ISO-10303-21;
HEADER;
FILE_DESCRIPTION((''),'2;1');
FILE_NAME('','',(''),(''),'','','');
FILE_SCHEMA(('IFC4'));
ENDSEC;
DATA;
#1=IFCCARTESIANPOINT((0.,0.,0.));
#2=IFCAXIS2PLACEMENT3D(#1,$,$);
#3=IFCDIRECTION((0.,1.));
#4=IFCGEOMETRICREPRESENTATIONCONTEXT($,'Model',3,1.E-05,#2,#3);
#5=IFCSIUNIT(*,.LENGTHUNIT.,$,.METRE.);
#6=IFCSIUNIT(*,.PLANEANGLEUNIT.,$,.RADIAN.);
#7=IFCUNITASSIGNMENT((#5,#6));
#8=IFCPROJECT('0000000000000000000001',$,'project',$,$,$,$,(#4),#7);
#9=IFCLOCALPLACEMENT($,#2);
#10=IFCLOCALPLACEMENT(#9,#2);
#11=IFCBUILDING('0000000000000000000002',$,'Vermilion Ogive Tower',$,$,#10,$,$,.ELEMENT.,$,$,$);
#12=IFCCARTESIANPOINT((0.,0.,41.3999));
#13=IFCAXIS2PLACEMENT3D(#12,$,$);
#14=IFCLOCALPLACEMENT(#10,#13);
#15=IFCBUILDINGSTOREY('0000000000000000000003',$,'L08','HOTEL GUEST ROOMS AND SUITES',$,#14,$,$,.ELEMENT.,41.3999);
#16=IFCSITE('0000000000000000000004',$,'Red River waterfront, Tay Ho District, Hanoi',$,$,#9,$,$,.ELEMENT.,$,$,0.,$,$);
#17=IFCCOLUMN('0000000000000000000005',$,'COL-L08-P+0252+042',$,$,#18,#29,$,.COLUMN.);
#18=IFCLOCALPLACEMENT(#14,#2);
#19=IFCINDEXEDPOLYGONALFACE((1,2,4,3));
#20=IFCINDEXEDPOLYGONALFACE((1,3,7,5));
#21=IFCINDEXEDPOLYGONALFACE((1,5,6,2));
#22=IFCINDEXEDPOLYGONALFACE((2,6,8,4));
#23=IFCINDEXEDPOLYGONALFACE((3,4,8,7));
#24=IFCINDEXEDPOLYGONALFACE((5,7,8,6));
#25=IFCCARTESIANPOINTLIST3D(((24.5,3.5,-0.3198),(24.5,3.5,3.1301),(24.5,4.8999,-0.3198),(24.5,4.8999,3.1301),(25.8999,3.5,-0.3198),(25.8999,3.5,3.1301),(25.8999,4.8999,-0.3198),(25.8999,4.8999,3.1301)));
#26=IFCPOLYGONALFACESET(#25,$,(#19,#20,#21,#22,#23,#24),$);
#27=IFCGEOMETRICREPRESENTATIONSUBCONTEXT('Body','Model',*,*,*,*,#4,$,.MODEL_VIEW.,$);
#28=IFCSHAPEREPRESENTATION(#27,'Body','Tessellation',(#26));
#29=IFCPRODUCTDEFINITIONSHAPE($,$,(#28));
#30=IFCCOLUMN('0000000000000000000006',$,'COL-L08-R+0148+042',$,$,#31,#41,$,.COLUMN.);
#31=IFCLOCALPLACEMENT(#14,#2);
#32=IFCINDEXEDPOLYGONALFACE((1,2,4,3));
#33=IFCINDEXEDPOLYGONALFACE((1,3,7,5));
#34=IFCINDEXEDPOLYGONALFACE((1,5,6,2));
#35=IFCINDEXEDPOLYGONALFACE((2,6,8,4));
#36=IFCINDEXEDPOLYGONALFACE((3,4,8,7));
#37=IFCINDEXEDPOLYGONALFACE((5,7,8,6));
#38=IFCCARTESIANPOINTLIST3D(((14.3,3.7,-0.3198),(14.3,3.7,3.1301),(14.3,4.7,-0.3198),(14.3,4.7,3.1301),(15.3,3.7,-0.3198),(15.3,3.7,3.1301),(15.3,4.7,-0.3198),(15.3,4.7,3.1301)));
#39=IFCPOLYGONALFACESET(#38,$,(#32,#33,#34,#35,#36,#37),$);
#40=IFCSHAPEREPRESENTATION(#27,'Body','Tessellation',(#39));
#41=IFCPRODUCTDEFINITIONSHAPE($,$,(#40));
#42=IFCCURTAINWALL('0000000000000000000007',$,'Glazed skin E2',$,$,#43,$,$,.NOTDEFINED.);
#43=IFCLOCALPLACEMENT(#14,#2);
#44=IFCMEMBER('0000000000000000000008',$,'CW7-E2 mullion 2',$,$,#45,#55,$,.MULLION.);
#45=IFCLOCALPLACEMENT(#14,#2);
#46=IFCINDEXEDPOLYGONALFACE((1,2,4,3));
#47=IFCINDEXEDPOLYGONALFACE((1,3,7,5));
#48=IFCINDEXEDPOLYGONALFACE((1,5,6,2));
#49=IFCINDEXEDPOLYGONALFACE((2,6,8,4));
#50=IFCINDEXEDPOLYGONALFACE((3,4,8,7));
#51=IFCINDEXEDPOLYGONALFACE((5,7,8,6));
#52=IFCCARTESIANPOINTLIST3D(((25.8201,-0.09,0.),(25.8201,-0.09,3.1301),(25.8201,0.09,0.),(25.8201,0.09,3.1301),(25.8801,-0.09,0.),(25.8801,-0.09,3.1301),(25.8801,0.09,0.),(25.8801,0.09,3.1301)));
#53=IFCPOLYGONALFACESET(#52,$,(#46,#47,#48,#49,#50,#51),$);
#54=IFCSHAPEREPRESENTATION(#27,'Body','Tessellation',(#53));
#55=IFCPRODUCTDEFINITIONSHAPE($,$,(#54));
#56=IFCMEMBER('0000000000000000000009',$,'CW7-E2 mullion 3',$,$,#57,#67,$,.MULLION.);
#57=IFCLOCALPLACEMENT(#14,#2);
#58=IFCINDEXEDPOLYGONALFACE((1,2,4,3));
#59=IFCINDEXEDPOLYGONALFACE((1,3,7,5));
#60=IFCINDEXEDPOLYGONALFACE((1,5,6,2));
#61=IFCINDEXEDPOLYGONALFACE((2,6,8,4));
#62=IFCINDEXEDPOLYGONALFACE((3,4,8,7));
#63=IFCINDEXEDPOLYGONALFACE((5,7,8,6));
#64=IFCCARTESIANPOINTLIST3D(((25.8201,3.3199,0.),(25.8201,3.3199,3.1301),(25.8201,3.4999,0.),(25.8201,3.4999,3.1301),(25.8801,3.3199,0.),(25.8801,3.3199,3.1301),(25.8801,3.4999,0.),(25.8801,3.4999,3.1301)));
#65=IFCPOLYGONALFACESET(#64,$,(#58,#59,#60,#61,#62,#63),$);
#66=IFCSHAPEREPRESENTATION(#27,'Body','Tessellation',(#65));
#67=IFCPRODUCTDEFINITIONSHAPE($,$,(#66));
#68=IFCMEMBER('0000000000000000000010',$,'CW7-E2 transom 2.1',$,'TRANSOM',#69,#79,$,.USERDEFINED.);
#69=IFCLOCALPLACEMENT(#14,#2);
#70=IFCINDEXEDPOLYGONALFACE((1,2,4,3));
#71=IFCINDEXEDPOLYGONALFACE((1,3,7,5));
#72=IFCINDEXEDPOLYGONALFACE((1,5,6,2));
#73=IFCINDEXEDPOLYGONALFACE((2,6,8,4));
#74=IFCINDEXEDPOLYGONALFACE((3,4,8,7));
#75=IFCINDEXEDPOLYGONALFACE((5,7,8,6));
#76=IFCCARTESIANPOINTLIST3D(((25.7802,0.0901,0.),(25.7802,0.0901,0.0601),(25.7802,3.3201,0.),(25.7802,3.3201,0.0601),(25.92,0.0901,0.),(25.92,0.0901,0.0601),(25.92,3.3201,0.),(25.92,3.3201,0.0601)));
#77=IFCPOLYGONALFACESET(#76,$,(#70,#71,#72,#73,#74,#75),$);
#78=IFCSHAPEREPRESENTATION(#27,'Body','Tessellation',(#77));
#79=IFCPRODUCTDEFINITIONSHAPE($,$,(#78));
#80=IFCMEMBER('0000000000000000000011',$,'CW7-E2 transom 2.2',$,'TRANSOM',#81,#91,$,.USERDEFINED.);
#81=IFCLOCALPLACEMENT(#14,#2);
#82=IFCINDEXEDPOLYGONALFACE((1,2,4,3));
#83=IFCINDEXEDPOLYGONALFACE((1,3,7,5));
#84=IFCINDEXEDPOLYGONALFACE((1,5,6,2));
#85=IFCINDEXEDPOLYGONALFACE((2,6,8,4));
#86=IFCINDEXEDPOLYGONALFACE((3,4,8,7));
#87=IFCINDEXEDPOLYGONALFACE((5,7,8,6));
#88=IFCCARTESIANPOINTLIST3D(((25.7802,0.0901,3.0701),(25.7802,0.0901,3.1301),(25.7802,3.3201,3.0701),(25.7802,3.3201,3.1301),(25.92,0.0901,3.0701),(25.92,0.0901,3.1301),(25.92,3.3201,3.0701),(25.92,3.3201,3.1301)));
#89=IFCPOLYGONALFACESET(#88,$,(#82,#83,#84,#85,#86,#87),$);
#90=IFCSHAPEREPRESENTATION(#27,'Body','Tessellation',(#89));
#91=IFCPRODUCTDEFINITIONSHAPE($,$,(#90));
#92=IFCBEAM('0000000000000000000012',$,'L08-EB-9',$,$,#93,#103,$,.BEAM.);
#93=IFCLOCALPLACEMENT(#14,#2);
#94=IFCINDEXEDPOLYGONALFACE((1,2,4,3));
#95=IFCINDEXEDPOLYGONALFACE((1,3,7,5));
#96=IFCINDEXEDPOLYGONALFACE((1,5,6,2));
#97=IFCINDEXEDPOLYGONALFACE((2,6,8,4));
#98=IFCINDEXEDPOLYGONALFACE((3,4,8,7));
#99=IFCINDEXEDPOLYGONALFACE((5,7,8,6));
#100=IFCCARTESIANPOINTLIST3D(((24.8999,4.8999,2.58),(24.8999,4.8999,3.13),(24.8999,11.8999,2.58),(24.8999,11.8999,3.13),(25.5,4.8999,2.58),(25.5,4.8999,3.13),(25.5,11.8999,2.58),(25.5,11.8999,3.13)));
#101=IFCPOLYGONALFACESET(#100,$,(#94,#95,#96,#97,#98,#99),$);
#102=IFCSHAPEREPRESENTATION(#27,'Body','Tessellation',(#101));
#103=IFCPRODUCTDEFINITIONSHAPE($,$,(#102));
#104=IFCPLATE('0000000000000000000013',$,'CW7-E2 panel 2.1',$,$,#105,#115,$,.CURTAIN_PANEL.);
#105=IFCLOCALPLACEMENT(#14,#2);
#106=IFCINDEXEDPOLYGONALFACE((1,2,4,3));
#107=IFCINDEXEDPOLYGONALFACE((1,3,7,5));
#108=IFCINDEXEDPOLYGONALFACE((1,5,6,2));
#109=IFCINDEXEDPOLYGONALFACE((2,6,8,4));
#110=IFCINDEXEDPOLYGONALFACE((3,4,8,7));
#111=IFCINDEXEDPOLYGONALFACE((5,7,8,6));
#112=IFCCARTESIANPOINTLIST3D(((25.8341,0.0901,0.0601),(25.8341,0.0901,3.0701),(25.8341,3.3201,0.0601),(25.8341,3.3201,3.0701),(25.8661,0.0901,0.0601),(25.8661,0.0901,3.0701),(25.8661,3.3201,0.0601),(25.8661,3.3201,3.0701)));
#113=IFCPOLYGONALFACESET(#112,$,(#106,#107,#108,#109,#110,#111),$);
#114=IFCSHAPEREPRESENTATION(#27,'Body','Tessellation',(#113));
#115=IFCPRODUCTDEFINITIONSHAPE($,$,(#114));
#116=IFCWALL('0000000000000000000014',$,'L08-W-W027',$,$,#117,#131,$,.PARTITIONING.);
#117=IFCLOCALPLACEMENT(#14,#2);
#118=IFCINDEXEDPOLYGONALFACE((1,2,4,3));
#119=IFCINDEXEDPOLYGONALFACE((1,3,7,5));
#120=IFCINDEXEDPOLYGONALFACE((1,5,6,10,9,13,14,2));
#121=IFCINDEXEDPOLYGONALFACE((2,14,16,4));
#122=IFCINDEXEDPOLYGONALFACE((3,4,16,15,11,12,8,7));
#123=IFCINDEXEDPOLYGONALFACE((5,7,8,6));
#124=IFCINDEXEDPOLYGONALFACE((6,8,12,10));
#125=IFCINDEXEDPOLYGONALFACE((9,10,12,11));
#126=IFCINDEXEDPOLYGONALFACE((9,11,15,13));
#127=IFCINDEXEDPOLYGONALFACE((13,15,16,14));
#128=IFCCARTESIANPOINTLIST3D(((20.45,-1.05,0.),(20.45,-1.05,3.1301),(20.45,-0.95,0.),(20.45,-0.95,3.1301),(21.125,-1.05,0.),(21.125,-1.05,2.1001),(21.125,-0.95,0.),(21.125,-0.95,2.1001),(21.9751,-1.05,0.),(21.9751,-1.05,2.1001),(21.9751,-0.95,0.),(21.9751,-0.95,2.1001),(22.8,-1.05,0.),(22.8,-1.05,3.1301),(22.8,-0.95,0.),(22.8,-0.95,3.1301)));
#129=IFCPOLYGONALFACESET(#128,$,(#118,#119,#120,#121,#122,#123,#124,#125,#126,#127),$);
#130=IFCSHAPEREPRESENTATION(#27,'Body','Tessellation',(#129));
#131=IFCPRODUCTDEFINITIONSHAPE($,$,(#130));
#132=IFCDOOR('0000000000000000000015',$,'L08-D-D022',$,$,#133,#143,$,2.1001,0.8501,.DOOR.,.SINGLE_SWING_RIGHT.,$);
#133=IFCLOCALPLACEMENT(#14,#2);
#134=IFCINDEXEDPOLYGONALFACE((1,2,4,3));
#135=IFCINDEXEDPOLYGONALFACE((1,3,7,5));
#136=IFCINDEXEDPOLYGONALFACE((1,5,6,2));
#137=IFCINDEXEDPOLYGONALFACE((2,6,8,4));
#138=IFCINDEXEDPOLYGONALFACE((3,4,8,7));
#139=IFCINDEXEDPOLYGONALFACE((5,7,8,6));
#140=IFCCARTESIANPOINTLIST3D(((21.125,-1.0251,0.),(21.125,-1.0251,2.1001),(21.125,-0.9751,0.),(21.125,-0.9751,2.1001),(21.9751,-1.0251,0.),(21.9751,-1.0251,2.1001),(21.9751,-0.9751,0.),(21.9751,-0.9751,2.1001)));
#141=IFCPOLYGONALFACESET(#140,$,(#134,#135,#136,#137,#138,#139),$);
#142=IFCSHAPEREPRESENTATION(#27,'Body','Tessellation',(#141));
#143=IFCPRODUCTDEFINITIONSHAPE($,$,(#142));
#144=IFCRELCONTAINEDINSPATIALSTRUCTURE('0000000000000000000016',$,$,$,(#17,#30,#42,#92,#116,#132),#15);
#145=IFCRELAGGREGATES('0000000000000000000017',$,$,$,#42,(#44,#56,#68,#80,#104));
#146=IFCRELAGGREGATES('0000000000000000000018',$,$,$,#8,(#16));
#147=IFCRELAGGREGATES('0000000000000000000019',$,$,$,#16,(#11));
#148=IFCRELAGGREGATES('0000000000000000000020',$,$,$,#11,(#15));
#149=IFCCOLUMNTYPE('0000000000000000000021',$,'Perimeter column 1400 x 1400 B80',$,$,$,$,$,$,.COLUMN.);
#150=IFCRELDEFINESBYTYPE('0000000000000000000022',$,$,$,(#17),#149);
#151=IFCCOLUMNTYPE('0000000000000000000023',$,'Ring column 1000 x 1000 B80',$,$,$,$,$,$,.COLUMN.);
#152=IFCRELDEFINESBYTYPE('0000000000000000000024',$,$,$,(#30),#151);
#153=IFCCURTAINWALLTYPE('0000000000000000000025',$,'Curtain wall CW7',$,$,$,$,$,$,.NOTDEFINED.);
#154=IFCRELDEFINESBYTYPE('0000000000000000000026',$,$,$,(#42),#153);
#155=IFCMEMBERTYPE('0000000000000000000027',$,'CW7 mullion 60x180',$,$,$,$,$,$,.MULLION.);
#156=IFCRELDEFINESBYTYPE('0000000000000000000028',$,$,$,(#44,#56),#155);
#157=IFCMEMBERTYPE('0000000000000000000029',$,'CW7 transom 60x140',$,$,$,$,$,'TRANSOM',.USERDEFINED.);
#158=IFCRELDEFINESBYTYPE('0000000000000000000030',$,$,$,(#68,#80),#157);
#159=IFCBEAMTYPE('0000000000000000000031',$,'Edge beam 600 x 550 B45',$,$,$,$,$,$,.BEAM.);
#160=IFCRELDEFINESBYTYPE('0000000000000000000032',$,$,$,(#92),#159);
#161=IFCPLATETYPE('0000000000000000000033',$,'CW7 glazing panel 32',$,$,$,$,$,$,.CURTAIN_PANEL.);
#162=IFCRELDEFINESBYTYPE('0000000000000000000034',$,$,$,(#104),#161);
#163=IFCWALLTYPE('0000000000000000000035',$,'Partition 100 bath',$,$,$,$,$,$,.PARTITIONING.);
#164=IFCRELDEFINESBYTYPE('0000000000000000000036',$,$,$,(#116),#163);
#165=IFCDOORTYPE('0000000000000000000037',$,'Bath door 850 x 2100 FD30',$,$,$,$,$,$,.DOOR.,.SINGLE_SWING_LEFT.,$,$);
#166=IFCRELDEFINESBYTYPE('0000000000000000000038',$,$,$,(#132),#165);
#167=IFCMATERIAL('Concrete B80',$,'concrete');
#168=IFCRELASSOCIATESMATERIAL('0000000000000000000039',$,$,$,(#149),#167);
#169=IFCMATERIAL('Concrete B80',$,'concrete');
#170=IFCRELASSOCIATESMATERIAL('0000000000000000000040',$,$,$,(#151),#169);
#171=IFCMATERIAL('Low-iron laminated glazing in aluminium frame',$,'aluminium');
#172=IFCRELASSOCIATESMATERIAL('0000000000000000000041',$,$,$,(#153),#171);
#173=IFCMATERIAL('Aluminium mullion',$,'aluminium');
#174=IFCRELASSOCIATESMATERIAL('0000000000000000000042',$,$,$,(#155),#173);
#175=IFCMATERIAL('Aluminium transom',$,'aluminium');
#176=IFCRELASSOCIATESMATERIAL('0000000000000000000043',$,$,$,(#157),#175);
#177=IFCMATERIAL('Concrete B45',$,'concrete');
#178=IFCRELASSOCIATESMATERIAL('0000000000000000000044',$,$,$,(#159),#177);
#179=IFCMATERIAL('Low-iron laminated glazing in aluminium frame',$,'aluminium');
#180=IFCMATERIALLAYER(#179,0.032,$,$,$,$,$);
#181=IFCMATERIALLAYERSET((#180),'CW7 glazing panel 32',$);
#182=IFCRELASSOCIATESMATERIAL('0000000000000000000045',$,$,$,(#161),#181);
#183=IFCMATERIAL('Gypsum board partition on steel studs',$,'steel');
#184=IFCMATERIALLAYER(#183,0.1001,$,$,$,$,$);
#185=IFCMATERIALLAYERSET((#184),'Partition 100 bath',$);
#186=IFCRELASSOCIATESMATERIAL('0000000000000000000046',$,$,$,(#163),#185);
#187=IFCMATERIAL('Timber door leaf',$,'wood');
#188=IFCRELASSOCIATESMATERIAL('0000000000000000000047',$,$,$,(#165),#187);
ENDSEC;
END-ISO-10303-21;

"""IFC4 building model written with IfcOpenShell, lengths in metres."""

from ifc_helpers import new_model, si_unit, direction, frame, frame_2d, origin, origin_2d, place, context, subcontext, project, spatial, rectangle, extrude, material, layer, layer_set, material_profile, profile_set, type_object, element, fill, aggregate, save


model = new_model("IFC4")

# Units and contexts
model_context = context("Model", 3, precision=1e-05, world=origin(), true_north=direction((0.0, 1.0)))
body_context = subcontext(model_context, "Body", "Model", "MODEL_VIEW")
ifc_project = project(units=[si_unit("LENGTHUNIT", "METRE"), si_unit("PLANEANGLEUNIT", "RADIAN")], contexts=[model_context])

# Site, building, storey
site_placement = place(None, origin())
site = spatial("IfcSite", under=ifc_project, at=site_placement, Name="Red River waterfront, Tay Ho District, Hanoi", CompositionType="ELEMENT", RefElevation=0.0)
building_placement = place(site_placement, origin())
building = spatial("IfcBuilding", under=site, at=building_placement, Name="Vermilion Ogive Tower", CompositionType="ELEMENT")
storey_placement = place(building_placement, frame((0.0, 0.0, 41.3999)))
storey = spatial("IfcBuildingStorey", under=building, at=storey_placement, Name="L08", Description="HOTEL GUEST ROOMS AND SUITES", CompositionType="ELEMENT", Elevation=41.3999)

# Columns
ifc_material_1 = material(Name="Concrete B80", Category="concrete")
ifc_material_profile_1 = material_profile(ifc_material_1, rectangle(XDim=1.3999, YDim=1.3999, at=origin_2d()), Name="1400 x 1400")
ifc_profile_set_1 = profile_set([ifc_material_profile_1], Name="Concrete B80")
column_type_1 = type_object("IfcColumnType", Name="Perimeter column 1400 x 1400 B80", PredefinedType="COLUMN", material=ifc_profile_set_1)
column_1_placement = place(storey_placement, frame((25.2, 4.2, -0.3198), z_axis=(0.0, 0.0, 1.0), x_axis=(1.0, 0.0, 0.0)))
element("IfcColumn", 1, at=column_1_placement, inside=storey, type_object=column_type_1, Name="COL-L08-P+0252+042", PredefinedType="COLUMN", context=body_context, shape_type="SweptSolid", body=[
    extrude(rectangle(XDim=1.3999, YDim=1.3999, at=origin_2d()), origin(), (0.0, 0.0, 1.0), 3.45),
])
ifc_material_2 = material(Name="Concrete B80", Category="concrete")
ifc_material_profile_2 = material_profile(ifc_material_2, rectangle(XDim=1.0, YDim=1.0, at=origin_2d()), Name="1000 x 1000")
ifc_profile_set_2 = profile_set([ifc_material_profile_2], Name="Concrete B80")
column_type_2 = type_object("IfcColumnType", Name="Ring column 1000 x 1000 B80", PredefinedType="COLUMN", material=ifc_profile_set_2)
column_2_placement = place(storey_placement, frame((14.8, 4.2, -0.3198), z_axis=(0.0, 0.0, 1.0), x_axis=(1.0, 0.0, 0.0)))
element("IfcColumn", 2, at=column_2_placement, inside=storey, type_object=column_type_2, Name="COL-L08-R+0148+042", PredefinedType="COLUMN", context=body_context, shape_type="SweptSolid", body=[
    extrude(rectangle(XDim=1.0, YDim=1.0, at=origin_2d()), origin(), (0.0, 0.0, 1.0), 3.45),
])

# Curtain wall, members
ifc_material_3 = material(Name="Low-iron laminated glazing in aluminium frame", Category="aluminium")
curtain_wall_type = type_object("IfcCurtainWallType", Name="Curtain wall CW7", PredefinedType="NOTDEFINED", material=ifc_material_3)
curtain_wall_placement = place(storey_placement, origin())
curtain_wall = element("IfcCurtainWall", 3, at=curtain_wall_placement, inside=storey, type_object=curtain_wall_type, Name="Glazed skin E2", PredefinedType="NOTDEFINED")
ifc_material_4 = material(Name="Aluminium mullion", Category="aluminium")
ifc_material_profile_3 = material_profile(ifc_material_4, rectangle(XDim=0.0601, YDim=0.1799, at=origin_2d()), Name="AL 60x180")
ifc_profile_set_3 = profile_set([ifc_material_profile_3], Name="Aluminium mullion")
member_type_1 = type_object("IfcMemberType", Name="CW7 mullion 60x180", PredefinedType="MULLION", material=ifc_profile_set_3)
member_1_placement = place(storey_placement, frame((25.8501, 0.0, 0.0), z_axis=(0.0, 0.0, 1.0), x_axis=(-1.0, 0.0, 0.0)))
member_1 = element("IfcMember", 4, at=member_1_placement, type_object=member_type_1, Name="CW7-E2 mullion 2", PredefinedType="MULLION", context=body_context, shape_type="SweptSolid", body=[
    extrude(rectangle(XDim=0.0601, YDim=0.1799, at=origin_2d()), origin(), (0.0, 0.0, 1.0), 3.1301),
])
member_2_placement = place(storey_placement, frame((25.8501, 3.4099, 0.0), z_axis=(0.0, 0.0, 1.0), x_axis=(-1.0, 0.0, 0.0)))
member_2 = element("IfcMember", 5, at=member_2_placement, type_object=member_type_1, Name="CW7-E2 mullion 3", PredefinedType="MULLION", context=body_context, shape_type="SweptSolid", body=[
    extrude(rectangle(XDim=0.0601, YDim=0.1799, at=origin_2d()), origin(), (0.0, 0.0, 1.0), 3.1301),
])
ifc_material_5 = material(Name="Aluminium transom", Category="aluminium")
ifc_material_profile_4 = material_profile(ifc_material_5, rectangle(XDim=0.1399, YDim=0.0601, at=origin_2d()), Name="AL 60x140")
ifc_profile_set_4 = profile_set([ifc_material_profile_4], Name="Aluminium transom")
member_type_2 = type_object("IfcMemberType", Name="CW7 transom 60x140", ElementType="TRANSOM", PredefinedType="USERDEFINED", material=ifc_profile_set_4)
member_3_placement = place(storey_placement, frame((25.8501, 0.0901, 0.03), z_axis=(0.0, 1.0, 0.0), x_axis=(-1.0, 0.0, 0.0)))
member_3 = element("IfcMember", 6, at=member_3_placement, type_object=member_type_2, Name="CW7-E2 transom 2.1", ObjectType="TRANSOM", PredefinedType="USERDEFINED", context=body_context, shape_type="SweptSolid", body=[
    extrude(rectangle(XDim=0.1399, YDim=0.0601, at=origin_2d()), origin(), (0.0, 0.0, 1.0), 3.23),
])
member_4_placement = place(storey_placement, frame((25.8501, 0.0901, 3.1001), z_axis=(0.0, 1.0, 0.0), x_axis=(-1.0, 0.0, 0.0)))
member_4 = element("IfcMember", 7, at=member_4_placement, type_object=member_type_2, Name="CW7-E2 transom 2.2", ObjectType="TRANSOM", PredefinedType="USERDEFINED", context=body_context, shape_type="SweptSolid", body=[
    extrude(rectangle(XDim=0.1399, YDim=0.0601, at=origin_2d()), origin(), (0.0, 0.0, 1.0), 3.23),
])

# Beam
ifc_material_6 = material(Name="Concrete B45", Category="concrete")
ifc_material_profile_5 = material_profile(ifc_material_6, rectangle(XDim=0.6001, YDim=0.55, at=origin_2d()), Name="600 x 550")
ifc_profile_set_5 = profile_set([ifc_material_profile_5], Name="Concrete B45")
beam_type = type_object("IfcBeamType", Name="Edge beam 600 x 550 B45", PredefinedType="BEAM", material=ifc_profile_set_5)
beam_placement = place(storey_placement, frame((25.2, 4.8999, 2.855), z_axis=(0.0, 1.0, 0.0), x_axis=(-1.0, 0.0, 0.0)))
element("IfcBeam", 8, at=beam_placement, inside=storey, type_object=beam_type, Name="L08-EB-9", PredefinedType="BEAM", context=body_context, shape_type="SweptSolid", body=[
    extrude(rectangle(XDim=0.6001, YDim=0.55, at=origin_2d()), origin(), (0.0, 0.0, 1.0), 7.0),
])

# Plate
ifc_material_7 = material(Name="Low-iron laminated glazing in aluminium frame", Category="aluminium")
ifc_layer_1 = layer(ifc_material_7, 0.032)
ifc_layer_set_1 = layer_set([ifc_layer_1], Name="CW7 glazing panel 32")
plate_type = type_object("IfcPlateType", Name="CW7 glazing panel 32", PredefinedType="CURTAIN_PANEL", material=ifc_layer_set_1)
plate_placement = place(storey_placement, frame((25.8501, 1.7051, 0.0601), z_axis=(0.0, 0.0, 1.0), x_axis=(0.0, 1.0, 0.0)))
plate = element("IfcPlate", 9, at=plate_placement, type_object=plate_type, Name="CW7-E2 panel 2.1", PredefinedType="CURTAIN_PANEL", context=body_context, shape_type="SweptSolid", body=[
    extrude(rectangle(XDim=3.23, YDim=0.032, at=origin_2d()), origin(), (0.0, 0.0, 1.0), 3.01),
])
aggregate(curtain_wall, [member_1, member_2, member_3, member_4, plate])

# Wall, opening, door
ifc_material_8 = material(Name="Gypsum board partition on steel studs", Category="steel")
ifc_layer_2 = layer(ifc_material_8, 0.1001)
ifc_layer_set_2 = layer_set([ifc_layer_2], Name="Partition 100 bath")
wall_type_1 = type_object("IfcWallType", Name="Partition 100 bath", PredefinedType="PARTITIONING", material=ifc_layer_set_2)
wall_1_placement = place(storey_placement, frame((20.45, -1.0, 0.0), z_axis=(0.0, 0.0, 1.0), x_axis=(1.0, 0.0, 0.0)))
wall_1 = element("IfcWall", 10, at=wall_1_placement, inside=storey, type_object=wall_type_1, Name="L08-W-W027", PredefinedType="PARTITIONING", context=body_context, shape_type="SweptSolid", body=[
    extrude(rectangle(XDim=2.3501, YDim=0.1001, at=frame_2d((1.175, 0.0))), origin(), (0.0, 0.0, 1.0), 3.1301),
])
opening_1_placement = place(wall_1_placement, frame((0.675, 0.0, 0.0)))
opening_1 = element("IfcOpeningElement", 11, at=opening_1_placement, cuts=wall_1, PredefinedType="OPENING", context=body_context, shape_type="SweptSolid", body=[
    extrude(rectangle(XDim=0.8501, YDim=2.1001, at=frame_2d((0.425, 1.05))), frame((0.0, 0.0601, 0.0), z_axis=(0.0, -1.0, 0.0), x_axis=(1.0, 0.0, 0.0)), (0.0, 0.0, 1.0), 0.1201),
])
ifc_material_9 = material(Name="Timber door leaf", Category="wood")
door_type_1 = type_object("IfcDoorType", Name="Bath door 850 x 2100 FD30", OperationType="SINGLE_SWING_LEFT", PredefinedType="DOOR", material=ifc_material_9)
door_1_placement = place(opening_1_placement, origin())
door_1 = element("IfcDoor", 12, at=door_1_placement, inside=storey, type_object=door_type_1, Name="L08-D-D022", OperationType="SINGLE_SWING_RIGHT", OverallHeight=2.1001, OverallWidth=0.8501, PredefinedType="DOOR", context=body_context, shape_type="SweptSolid", body=[
    extrude(rectangle(XDim=0.8501, YDim=2.1001, at=frame_2d((0.425, 1.05))), frame((0.0, 0.0249, 0.0), z_axis=(0.0, -1.0, 0.0), x_axis=(1.0, 0.0, 0.0)), (0.0, 0.0, 1.0), 0.05),
])
fill(opening_1, door_1)

save(model, "model.ifc")
